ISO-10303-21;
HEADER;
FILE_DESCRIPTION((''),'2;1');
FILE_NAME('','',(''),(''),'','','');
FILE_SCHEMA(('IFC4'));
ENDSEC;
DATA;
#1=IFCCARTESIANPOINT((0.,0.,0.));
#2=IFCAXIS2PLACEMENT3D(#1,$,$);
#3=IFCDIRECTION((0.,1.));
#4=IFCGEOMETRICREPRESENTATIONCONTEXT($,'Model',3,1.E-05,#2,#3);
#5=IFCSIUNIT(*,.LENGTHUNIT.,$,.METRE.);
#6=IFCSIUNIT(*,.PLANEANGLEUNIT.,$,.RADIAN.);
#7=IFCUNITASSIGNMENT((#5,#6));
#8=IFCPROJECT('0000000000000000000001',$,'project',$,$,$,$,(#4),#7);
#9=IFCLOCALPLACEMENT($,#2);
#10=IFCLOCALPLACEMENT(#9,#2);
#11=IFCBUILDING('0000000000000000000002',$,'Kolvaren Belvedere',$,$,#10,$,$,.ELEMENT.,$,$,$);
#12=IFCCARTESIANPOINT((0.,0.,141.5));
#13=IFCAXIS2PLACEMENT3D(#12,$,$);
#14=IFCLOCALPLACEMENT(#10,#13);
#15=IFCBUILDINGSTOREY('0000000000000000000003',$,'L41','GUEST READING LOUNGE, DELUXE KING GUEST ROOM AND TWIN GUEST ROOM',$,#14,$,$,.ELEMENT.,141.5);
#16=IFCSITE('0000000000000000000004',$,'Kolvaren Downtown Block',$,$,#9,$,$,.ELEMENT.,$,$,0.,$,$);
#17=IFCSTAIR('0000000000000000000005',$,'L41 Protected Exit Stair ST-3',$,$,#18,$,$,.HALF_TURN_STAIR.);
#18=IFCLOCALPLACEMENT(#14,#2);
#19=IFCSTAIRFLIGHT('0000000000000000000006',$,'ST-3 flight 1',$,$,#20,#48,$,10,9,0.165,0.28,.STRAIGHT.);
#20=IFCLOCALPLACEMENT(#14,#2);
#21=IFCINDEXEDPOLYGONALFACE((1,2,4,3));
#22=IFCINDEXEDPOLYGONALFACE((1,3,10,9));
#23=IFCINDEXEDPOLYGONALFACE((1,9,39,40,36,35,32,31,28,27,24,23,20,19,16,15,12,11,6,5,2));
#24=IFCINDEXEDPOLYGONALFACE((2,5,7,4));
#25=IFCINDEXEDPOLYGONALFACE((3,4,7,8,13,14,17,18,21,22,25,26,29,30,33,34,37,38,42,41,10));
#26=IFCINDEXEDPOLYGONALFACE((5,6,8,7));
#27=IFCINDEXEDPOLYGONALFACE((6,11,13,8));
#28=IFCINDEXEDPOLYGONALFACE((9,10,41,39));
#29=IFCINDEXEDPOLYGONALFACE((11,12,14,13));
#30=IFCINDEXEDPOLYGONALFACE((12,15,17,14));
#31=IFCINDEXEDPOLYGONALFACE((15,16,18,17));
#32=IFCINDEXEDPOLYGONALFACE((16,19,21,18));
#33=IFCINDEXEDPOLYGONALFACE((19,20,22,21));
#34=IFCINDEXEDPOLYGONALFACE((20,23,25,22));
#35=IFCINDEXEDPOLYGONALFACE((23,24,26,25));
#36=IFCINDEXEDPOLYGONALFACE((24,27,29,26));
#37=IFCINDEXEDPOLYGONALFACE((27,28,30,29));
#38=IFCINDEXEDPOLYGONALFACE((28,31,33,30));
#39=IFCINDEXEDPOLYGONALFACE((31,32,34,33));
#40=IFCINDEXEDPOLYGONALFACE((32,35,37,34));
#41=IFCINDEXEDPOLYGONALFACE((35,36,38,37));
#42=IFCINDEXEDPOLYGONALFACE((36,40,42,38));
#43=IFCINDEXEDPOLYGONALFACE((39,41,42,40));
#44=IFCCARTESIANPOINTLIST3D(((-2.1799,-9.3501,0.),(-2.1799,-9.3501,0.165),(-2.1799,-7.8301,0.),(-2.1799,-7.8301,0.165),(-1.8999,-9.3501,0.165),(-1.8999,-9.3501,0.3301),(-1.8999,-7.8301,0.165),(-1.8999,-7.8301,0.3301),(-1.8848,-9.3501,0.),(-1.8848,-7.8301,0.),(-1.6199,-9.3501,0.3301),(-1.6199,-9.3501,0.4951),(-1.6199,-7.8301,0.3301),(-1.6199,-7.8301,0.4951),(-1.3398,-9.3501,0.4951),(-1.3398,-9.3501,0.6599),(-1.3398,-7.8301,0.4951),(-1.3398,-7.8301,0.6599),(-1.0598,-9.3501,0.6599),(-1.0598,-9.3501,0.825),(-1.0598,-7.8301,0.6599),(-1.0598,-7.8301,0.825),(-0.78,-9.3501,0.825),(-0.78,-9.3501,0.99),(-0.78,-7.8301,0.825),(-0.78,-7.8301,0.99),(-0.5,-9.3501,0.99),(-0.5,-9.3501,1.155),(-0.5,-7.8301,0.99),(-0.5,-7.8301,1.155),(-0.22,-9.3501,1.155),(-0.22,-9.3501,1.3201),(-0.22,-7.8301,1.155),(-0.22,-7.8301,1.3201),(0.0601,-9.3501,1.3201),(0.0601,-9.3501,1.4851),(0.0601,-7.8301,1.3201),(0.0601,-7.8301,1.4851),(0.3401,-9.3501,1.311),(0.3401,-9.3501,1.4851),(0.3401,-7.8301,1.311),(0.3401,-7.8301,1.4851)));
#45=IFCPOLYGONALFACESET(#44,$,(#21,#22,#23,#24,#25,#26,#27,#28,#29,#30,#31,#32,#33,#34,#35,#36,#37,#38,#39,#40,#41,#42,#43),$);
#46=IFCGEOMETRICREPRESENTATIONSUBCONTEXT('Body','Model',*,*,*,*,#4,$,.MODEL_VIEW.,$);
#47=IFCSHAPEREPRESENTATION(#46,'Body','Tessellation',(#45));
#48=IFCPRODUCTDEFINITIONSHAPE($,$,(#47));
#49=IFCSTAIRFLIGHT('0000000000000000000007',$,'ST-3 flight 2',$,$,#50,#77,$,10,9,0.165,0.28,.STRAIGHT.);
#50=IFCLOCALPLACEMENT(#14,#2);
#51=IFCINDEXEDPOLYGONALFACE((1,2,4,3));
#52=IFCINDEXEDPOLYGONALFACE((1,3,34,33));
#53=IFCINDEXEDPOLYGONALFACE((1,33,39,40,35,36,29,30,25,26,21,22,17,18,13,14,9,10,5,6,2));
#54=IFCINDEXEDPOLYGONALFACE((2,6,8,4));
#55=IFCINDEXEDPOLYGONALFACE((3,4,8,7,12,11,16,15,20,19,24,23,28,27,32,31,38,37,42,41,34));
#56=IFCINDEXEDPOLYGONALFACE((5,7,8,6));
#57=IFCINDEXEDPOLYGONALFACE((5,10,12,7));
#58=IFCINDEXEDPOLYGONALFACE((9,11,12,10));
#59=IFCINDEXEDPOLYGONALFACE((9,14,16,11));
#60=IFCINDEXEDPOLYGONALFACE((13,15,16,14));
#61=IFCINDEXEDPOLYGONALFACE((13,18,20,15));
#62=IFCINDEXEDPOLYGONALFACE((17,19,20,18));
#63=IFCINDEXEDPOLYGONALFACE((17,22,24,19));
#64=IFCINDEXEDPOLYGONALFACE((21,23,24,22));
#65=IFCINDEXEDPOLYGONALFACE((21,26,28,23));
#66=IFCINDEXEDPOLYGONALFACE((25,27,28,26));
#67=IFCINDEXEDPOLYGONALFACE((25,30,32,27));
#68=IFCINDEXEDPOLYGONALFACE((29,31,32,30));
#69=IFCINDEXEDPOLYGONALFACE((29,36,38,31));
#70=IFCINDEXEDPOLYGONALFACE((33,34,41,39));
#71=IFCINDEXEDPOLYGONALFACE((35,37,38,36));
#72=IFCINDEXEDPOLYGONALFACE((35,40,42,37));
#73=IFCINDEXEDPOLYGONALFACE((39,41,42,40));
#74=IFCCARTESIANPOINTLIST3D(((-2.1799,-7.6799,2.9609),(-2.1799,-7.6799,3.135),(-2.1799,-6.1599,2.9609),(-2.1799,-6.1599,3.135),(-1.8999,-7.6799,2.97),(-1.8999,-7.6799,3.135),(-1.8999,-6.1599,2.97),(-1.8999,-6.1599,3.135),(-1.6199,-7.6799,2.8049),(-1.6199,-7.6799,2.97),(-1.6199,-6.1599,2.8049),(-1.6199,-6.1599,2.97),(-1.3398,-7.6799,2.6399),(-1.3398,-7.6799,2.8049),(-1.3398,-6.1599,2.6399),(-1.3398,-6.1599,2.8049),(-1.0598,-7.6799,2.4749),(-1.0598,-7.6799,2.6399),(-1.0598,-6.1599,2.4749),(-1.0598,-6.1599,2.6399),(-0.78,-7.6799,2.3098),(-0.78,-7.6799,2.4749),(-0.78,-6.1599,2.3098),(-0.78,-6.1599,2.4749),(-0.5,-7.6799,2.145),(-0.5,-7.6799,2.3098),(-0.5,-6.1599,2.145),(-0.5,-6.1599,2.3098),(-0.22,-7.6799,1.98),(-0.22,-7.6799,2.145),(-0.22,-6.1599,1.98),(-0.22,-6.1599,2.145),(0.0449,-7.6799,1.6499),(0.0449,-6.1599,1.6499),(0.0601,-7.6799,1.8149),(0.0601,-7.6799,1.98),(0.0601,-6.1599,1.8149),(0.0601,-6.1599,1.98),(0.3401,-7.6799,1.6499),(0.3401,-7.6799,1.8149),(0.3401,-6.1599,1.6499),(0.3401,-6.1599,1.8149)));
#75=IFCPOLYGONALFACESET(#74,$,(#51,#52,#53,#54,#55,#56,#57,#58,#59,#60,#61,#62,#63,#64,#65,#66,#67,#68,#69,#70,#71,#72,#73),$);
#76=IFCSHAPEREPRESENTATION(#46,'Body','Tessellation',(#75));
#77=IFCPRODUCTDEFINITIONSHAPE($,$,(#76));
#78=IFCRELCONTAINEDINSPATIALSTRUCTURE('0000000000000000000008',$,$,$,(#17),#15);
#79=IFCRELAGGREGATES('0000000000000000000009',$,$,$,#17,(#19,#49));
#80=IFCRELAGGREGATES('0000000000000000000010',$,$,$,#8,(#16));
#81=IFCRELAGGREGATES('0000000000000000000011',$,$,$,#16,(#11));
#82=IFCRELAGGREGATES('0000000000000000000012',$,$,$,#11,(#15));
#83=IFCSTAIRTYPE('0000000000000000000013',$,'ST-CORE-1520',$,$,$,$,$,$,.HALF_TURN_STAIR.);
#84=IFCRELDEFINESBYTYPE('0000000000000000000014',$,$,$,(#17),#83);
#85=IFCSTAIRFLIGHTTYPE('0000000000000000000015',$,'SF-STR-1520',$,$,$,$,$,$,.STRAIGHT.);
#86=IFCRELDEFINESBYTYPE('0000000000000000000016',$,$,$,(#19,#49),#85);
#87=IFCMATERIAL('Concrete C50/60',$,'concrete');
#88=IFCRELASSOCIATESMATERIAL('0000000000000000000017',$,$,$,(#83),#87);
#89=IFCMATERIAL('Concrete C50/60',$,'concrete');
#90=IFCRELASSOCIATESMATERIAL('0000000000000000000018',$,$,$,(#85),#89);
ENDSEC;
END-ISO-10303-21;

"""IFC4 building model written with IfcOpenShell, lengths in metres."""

from ifc_helpers import new_model, si_unit, direction, frame, origin, place, context, subcontext, project, spatial, polyline, outline, extrude, material, type_object, element, aggregate, save


model = new_model("IFC4")

# Units and contexts
model_context = context("Model", 3, precision=1e-05, world=origin(), true_north=direction((0.0, 1.0)))
body_context = subcontext(model_context, "Body", "Model", "MODEL_VIEW")
ifc_project = project(units=[si_unit("LENGTHUNIT", "METRE"), si_unit("PLANEANGLEUNIT", "RADIAN")], contexts=[model_context])

# Site, building, storey
site_placement = place(None, origin())
site = spatial("IfcSite", under=ifc_project, at=site_placement, Name="Kolvaren Downtown Block", CompositionType="ELEMENT", RefElevation=0.0)
building_placement = place(site_placement, origin())
building = spatial("IfcBuilding", under=site, at=building_placement, Name="Kolvaren Belvedere", CompositionType="ELEMENT")
storey_placement = place(building_placement, frame((0.0, 0.0, 141.5)))
storey = spatial("IfcBuildingStorey", under=building, at=storey_placement, Name="L41", Description="GUEST READING LOUNGE, DELUXE KING GUEST ROOM AND TWIN GUEST ROOM", CompositionType="ELEMENT", Elevation=141.5)

# Stair, stair flights
ifc_material_1 = material(Name="Concrete C50/60", Category="concrete")
stair_type = type_object("IfcStairType", Name="ST-CORE-1520", PredefinedType="HALF_TURN_STAIR", material=ifc_material_1)
stair_placement = place(storey_placement, origin())
stair = element("IfcStair", 1, at=stair_placement, inside=storey, type_object=stair_type, Name="L41 Protected Exit Stair ST-3", PredefinedType="HALF_TURN_STAIR")
ifc_material_2 = material(Name="Concrete C50/60", Category="concrete")
stair_flight_type = type_object("IfcStairFlightType", Name="SF-STR-1520", PredefinedType="STRAIGHT", material=ifc_material_2)
stair_flight_1_placement = place(storey_placement, frame((-2.1799, -8.5901, 0.0), z_axis=(0.0, 0.0, 1.0), x_axis=(1.0, 0.0, 0.0)))
stair_flight_1 = element("IfcStairFlight", 2, at=stair_flight_1_placement, type_object=stair_flight_type, Name="ST-3 flight 1", NumberOfRisers=10, NumberOfTreads=9, PredefinedType="STRAIGHT", RiserHeight=0.165, TreadLength=0.28, context=body_context, shape_type="SweptSolid", body=[
    extrude(outline(polyline([(0.0, 0.0), (0.0, 0.165), (0.28, 0.165), (0.28, 0.3301), (0.5601, 0.3301), (0.5601, 0.4951), (0.8401, 0.4951), (0.8401, 0.6599), (1.1201, 0.6599), (1.1201, 0.825), (1.3999, 0.825), (1.3999, 0.99), (1.6799, 0.99), (1.6799, 1.155), (1.96, 1.155), (1.96, 1.3201), (2.24, 1.3201), (2.24, 1.4851), (2.52, 1.4851), (2.52, 1.6499), (2.52, 1.311), (0.2952, 0.0), (0.0, 0.0)])), frame((0.0, 0.76, 0.0), z_axis=(0.0, -1.0, 0.0), x_axis=(1.0, 0.0, 0.0)), (0.0, 0.0, 1.0), 1.52),
])
stair_flight_2_placement = place(storey_placement, frame((0.3401, -6.9199, 1.6499), z_axis=(0.0, 0.0, 1.0), x_axis=(-1.0, 0.0, 0.0)))
stair_flight_2 = element("IfcStairFlight", 3, at=stair_flight_2_placement, type_object=stair_flight_type, Name="ST-3 flight 2", NumberOfRisers=10, NumberOfTreads=9, PredefinedType="STRAIGHT", RiserHeight=0.165, TreadLength=0.28, context=body_context, shape_type="SweptSolid", body=[
    extrude(outline(polyline([(0.0, 0.0), (0.0, 0.165), (0.28, 0.165), (0.28, 0.3301), (0.5601, 0.3301), (0.5601, 0.4951), (0.8401, 0.4951), (0.8401, 0.6599), (1.1201, 0.6599), (1.1201, 0.825), (1.3999, 0.825), (1.3999, 0.99), (1.6799, 0.99), (1.6799, 1.155), (1.96, 1.155), (1.96, 1.3201), (2.24, 1.3201), (2.24, 1.4851), (2.52, 1.4851), (2.52, 1.6499), (2.52, 1.311), (0.2952, 0.0), (0.0, 0.0)])), frame((0.0, 0.76, 0.0), z_axis=(0.0, -1.0, 0.0), x_axis=(1.0, 0.0, 0.0)), (0.0, 0.0, 1.0), 1.52),
])
aggregate(stair, [stair_flight_1, stair_flight_2])

save(model, "model.ifc")
